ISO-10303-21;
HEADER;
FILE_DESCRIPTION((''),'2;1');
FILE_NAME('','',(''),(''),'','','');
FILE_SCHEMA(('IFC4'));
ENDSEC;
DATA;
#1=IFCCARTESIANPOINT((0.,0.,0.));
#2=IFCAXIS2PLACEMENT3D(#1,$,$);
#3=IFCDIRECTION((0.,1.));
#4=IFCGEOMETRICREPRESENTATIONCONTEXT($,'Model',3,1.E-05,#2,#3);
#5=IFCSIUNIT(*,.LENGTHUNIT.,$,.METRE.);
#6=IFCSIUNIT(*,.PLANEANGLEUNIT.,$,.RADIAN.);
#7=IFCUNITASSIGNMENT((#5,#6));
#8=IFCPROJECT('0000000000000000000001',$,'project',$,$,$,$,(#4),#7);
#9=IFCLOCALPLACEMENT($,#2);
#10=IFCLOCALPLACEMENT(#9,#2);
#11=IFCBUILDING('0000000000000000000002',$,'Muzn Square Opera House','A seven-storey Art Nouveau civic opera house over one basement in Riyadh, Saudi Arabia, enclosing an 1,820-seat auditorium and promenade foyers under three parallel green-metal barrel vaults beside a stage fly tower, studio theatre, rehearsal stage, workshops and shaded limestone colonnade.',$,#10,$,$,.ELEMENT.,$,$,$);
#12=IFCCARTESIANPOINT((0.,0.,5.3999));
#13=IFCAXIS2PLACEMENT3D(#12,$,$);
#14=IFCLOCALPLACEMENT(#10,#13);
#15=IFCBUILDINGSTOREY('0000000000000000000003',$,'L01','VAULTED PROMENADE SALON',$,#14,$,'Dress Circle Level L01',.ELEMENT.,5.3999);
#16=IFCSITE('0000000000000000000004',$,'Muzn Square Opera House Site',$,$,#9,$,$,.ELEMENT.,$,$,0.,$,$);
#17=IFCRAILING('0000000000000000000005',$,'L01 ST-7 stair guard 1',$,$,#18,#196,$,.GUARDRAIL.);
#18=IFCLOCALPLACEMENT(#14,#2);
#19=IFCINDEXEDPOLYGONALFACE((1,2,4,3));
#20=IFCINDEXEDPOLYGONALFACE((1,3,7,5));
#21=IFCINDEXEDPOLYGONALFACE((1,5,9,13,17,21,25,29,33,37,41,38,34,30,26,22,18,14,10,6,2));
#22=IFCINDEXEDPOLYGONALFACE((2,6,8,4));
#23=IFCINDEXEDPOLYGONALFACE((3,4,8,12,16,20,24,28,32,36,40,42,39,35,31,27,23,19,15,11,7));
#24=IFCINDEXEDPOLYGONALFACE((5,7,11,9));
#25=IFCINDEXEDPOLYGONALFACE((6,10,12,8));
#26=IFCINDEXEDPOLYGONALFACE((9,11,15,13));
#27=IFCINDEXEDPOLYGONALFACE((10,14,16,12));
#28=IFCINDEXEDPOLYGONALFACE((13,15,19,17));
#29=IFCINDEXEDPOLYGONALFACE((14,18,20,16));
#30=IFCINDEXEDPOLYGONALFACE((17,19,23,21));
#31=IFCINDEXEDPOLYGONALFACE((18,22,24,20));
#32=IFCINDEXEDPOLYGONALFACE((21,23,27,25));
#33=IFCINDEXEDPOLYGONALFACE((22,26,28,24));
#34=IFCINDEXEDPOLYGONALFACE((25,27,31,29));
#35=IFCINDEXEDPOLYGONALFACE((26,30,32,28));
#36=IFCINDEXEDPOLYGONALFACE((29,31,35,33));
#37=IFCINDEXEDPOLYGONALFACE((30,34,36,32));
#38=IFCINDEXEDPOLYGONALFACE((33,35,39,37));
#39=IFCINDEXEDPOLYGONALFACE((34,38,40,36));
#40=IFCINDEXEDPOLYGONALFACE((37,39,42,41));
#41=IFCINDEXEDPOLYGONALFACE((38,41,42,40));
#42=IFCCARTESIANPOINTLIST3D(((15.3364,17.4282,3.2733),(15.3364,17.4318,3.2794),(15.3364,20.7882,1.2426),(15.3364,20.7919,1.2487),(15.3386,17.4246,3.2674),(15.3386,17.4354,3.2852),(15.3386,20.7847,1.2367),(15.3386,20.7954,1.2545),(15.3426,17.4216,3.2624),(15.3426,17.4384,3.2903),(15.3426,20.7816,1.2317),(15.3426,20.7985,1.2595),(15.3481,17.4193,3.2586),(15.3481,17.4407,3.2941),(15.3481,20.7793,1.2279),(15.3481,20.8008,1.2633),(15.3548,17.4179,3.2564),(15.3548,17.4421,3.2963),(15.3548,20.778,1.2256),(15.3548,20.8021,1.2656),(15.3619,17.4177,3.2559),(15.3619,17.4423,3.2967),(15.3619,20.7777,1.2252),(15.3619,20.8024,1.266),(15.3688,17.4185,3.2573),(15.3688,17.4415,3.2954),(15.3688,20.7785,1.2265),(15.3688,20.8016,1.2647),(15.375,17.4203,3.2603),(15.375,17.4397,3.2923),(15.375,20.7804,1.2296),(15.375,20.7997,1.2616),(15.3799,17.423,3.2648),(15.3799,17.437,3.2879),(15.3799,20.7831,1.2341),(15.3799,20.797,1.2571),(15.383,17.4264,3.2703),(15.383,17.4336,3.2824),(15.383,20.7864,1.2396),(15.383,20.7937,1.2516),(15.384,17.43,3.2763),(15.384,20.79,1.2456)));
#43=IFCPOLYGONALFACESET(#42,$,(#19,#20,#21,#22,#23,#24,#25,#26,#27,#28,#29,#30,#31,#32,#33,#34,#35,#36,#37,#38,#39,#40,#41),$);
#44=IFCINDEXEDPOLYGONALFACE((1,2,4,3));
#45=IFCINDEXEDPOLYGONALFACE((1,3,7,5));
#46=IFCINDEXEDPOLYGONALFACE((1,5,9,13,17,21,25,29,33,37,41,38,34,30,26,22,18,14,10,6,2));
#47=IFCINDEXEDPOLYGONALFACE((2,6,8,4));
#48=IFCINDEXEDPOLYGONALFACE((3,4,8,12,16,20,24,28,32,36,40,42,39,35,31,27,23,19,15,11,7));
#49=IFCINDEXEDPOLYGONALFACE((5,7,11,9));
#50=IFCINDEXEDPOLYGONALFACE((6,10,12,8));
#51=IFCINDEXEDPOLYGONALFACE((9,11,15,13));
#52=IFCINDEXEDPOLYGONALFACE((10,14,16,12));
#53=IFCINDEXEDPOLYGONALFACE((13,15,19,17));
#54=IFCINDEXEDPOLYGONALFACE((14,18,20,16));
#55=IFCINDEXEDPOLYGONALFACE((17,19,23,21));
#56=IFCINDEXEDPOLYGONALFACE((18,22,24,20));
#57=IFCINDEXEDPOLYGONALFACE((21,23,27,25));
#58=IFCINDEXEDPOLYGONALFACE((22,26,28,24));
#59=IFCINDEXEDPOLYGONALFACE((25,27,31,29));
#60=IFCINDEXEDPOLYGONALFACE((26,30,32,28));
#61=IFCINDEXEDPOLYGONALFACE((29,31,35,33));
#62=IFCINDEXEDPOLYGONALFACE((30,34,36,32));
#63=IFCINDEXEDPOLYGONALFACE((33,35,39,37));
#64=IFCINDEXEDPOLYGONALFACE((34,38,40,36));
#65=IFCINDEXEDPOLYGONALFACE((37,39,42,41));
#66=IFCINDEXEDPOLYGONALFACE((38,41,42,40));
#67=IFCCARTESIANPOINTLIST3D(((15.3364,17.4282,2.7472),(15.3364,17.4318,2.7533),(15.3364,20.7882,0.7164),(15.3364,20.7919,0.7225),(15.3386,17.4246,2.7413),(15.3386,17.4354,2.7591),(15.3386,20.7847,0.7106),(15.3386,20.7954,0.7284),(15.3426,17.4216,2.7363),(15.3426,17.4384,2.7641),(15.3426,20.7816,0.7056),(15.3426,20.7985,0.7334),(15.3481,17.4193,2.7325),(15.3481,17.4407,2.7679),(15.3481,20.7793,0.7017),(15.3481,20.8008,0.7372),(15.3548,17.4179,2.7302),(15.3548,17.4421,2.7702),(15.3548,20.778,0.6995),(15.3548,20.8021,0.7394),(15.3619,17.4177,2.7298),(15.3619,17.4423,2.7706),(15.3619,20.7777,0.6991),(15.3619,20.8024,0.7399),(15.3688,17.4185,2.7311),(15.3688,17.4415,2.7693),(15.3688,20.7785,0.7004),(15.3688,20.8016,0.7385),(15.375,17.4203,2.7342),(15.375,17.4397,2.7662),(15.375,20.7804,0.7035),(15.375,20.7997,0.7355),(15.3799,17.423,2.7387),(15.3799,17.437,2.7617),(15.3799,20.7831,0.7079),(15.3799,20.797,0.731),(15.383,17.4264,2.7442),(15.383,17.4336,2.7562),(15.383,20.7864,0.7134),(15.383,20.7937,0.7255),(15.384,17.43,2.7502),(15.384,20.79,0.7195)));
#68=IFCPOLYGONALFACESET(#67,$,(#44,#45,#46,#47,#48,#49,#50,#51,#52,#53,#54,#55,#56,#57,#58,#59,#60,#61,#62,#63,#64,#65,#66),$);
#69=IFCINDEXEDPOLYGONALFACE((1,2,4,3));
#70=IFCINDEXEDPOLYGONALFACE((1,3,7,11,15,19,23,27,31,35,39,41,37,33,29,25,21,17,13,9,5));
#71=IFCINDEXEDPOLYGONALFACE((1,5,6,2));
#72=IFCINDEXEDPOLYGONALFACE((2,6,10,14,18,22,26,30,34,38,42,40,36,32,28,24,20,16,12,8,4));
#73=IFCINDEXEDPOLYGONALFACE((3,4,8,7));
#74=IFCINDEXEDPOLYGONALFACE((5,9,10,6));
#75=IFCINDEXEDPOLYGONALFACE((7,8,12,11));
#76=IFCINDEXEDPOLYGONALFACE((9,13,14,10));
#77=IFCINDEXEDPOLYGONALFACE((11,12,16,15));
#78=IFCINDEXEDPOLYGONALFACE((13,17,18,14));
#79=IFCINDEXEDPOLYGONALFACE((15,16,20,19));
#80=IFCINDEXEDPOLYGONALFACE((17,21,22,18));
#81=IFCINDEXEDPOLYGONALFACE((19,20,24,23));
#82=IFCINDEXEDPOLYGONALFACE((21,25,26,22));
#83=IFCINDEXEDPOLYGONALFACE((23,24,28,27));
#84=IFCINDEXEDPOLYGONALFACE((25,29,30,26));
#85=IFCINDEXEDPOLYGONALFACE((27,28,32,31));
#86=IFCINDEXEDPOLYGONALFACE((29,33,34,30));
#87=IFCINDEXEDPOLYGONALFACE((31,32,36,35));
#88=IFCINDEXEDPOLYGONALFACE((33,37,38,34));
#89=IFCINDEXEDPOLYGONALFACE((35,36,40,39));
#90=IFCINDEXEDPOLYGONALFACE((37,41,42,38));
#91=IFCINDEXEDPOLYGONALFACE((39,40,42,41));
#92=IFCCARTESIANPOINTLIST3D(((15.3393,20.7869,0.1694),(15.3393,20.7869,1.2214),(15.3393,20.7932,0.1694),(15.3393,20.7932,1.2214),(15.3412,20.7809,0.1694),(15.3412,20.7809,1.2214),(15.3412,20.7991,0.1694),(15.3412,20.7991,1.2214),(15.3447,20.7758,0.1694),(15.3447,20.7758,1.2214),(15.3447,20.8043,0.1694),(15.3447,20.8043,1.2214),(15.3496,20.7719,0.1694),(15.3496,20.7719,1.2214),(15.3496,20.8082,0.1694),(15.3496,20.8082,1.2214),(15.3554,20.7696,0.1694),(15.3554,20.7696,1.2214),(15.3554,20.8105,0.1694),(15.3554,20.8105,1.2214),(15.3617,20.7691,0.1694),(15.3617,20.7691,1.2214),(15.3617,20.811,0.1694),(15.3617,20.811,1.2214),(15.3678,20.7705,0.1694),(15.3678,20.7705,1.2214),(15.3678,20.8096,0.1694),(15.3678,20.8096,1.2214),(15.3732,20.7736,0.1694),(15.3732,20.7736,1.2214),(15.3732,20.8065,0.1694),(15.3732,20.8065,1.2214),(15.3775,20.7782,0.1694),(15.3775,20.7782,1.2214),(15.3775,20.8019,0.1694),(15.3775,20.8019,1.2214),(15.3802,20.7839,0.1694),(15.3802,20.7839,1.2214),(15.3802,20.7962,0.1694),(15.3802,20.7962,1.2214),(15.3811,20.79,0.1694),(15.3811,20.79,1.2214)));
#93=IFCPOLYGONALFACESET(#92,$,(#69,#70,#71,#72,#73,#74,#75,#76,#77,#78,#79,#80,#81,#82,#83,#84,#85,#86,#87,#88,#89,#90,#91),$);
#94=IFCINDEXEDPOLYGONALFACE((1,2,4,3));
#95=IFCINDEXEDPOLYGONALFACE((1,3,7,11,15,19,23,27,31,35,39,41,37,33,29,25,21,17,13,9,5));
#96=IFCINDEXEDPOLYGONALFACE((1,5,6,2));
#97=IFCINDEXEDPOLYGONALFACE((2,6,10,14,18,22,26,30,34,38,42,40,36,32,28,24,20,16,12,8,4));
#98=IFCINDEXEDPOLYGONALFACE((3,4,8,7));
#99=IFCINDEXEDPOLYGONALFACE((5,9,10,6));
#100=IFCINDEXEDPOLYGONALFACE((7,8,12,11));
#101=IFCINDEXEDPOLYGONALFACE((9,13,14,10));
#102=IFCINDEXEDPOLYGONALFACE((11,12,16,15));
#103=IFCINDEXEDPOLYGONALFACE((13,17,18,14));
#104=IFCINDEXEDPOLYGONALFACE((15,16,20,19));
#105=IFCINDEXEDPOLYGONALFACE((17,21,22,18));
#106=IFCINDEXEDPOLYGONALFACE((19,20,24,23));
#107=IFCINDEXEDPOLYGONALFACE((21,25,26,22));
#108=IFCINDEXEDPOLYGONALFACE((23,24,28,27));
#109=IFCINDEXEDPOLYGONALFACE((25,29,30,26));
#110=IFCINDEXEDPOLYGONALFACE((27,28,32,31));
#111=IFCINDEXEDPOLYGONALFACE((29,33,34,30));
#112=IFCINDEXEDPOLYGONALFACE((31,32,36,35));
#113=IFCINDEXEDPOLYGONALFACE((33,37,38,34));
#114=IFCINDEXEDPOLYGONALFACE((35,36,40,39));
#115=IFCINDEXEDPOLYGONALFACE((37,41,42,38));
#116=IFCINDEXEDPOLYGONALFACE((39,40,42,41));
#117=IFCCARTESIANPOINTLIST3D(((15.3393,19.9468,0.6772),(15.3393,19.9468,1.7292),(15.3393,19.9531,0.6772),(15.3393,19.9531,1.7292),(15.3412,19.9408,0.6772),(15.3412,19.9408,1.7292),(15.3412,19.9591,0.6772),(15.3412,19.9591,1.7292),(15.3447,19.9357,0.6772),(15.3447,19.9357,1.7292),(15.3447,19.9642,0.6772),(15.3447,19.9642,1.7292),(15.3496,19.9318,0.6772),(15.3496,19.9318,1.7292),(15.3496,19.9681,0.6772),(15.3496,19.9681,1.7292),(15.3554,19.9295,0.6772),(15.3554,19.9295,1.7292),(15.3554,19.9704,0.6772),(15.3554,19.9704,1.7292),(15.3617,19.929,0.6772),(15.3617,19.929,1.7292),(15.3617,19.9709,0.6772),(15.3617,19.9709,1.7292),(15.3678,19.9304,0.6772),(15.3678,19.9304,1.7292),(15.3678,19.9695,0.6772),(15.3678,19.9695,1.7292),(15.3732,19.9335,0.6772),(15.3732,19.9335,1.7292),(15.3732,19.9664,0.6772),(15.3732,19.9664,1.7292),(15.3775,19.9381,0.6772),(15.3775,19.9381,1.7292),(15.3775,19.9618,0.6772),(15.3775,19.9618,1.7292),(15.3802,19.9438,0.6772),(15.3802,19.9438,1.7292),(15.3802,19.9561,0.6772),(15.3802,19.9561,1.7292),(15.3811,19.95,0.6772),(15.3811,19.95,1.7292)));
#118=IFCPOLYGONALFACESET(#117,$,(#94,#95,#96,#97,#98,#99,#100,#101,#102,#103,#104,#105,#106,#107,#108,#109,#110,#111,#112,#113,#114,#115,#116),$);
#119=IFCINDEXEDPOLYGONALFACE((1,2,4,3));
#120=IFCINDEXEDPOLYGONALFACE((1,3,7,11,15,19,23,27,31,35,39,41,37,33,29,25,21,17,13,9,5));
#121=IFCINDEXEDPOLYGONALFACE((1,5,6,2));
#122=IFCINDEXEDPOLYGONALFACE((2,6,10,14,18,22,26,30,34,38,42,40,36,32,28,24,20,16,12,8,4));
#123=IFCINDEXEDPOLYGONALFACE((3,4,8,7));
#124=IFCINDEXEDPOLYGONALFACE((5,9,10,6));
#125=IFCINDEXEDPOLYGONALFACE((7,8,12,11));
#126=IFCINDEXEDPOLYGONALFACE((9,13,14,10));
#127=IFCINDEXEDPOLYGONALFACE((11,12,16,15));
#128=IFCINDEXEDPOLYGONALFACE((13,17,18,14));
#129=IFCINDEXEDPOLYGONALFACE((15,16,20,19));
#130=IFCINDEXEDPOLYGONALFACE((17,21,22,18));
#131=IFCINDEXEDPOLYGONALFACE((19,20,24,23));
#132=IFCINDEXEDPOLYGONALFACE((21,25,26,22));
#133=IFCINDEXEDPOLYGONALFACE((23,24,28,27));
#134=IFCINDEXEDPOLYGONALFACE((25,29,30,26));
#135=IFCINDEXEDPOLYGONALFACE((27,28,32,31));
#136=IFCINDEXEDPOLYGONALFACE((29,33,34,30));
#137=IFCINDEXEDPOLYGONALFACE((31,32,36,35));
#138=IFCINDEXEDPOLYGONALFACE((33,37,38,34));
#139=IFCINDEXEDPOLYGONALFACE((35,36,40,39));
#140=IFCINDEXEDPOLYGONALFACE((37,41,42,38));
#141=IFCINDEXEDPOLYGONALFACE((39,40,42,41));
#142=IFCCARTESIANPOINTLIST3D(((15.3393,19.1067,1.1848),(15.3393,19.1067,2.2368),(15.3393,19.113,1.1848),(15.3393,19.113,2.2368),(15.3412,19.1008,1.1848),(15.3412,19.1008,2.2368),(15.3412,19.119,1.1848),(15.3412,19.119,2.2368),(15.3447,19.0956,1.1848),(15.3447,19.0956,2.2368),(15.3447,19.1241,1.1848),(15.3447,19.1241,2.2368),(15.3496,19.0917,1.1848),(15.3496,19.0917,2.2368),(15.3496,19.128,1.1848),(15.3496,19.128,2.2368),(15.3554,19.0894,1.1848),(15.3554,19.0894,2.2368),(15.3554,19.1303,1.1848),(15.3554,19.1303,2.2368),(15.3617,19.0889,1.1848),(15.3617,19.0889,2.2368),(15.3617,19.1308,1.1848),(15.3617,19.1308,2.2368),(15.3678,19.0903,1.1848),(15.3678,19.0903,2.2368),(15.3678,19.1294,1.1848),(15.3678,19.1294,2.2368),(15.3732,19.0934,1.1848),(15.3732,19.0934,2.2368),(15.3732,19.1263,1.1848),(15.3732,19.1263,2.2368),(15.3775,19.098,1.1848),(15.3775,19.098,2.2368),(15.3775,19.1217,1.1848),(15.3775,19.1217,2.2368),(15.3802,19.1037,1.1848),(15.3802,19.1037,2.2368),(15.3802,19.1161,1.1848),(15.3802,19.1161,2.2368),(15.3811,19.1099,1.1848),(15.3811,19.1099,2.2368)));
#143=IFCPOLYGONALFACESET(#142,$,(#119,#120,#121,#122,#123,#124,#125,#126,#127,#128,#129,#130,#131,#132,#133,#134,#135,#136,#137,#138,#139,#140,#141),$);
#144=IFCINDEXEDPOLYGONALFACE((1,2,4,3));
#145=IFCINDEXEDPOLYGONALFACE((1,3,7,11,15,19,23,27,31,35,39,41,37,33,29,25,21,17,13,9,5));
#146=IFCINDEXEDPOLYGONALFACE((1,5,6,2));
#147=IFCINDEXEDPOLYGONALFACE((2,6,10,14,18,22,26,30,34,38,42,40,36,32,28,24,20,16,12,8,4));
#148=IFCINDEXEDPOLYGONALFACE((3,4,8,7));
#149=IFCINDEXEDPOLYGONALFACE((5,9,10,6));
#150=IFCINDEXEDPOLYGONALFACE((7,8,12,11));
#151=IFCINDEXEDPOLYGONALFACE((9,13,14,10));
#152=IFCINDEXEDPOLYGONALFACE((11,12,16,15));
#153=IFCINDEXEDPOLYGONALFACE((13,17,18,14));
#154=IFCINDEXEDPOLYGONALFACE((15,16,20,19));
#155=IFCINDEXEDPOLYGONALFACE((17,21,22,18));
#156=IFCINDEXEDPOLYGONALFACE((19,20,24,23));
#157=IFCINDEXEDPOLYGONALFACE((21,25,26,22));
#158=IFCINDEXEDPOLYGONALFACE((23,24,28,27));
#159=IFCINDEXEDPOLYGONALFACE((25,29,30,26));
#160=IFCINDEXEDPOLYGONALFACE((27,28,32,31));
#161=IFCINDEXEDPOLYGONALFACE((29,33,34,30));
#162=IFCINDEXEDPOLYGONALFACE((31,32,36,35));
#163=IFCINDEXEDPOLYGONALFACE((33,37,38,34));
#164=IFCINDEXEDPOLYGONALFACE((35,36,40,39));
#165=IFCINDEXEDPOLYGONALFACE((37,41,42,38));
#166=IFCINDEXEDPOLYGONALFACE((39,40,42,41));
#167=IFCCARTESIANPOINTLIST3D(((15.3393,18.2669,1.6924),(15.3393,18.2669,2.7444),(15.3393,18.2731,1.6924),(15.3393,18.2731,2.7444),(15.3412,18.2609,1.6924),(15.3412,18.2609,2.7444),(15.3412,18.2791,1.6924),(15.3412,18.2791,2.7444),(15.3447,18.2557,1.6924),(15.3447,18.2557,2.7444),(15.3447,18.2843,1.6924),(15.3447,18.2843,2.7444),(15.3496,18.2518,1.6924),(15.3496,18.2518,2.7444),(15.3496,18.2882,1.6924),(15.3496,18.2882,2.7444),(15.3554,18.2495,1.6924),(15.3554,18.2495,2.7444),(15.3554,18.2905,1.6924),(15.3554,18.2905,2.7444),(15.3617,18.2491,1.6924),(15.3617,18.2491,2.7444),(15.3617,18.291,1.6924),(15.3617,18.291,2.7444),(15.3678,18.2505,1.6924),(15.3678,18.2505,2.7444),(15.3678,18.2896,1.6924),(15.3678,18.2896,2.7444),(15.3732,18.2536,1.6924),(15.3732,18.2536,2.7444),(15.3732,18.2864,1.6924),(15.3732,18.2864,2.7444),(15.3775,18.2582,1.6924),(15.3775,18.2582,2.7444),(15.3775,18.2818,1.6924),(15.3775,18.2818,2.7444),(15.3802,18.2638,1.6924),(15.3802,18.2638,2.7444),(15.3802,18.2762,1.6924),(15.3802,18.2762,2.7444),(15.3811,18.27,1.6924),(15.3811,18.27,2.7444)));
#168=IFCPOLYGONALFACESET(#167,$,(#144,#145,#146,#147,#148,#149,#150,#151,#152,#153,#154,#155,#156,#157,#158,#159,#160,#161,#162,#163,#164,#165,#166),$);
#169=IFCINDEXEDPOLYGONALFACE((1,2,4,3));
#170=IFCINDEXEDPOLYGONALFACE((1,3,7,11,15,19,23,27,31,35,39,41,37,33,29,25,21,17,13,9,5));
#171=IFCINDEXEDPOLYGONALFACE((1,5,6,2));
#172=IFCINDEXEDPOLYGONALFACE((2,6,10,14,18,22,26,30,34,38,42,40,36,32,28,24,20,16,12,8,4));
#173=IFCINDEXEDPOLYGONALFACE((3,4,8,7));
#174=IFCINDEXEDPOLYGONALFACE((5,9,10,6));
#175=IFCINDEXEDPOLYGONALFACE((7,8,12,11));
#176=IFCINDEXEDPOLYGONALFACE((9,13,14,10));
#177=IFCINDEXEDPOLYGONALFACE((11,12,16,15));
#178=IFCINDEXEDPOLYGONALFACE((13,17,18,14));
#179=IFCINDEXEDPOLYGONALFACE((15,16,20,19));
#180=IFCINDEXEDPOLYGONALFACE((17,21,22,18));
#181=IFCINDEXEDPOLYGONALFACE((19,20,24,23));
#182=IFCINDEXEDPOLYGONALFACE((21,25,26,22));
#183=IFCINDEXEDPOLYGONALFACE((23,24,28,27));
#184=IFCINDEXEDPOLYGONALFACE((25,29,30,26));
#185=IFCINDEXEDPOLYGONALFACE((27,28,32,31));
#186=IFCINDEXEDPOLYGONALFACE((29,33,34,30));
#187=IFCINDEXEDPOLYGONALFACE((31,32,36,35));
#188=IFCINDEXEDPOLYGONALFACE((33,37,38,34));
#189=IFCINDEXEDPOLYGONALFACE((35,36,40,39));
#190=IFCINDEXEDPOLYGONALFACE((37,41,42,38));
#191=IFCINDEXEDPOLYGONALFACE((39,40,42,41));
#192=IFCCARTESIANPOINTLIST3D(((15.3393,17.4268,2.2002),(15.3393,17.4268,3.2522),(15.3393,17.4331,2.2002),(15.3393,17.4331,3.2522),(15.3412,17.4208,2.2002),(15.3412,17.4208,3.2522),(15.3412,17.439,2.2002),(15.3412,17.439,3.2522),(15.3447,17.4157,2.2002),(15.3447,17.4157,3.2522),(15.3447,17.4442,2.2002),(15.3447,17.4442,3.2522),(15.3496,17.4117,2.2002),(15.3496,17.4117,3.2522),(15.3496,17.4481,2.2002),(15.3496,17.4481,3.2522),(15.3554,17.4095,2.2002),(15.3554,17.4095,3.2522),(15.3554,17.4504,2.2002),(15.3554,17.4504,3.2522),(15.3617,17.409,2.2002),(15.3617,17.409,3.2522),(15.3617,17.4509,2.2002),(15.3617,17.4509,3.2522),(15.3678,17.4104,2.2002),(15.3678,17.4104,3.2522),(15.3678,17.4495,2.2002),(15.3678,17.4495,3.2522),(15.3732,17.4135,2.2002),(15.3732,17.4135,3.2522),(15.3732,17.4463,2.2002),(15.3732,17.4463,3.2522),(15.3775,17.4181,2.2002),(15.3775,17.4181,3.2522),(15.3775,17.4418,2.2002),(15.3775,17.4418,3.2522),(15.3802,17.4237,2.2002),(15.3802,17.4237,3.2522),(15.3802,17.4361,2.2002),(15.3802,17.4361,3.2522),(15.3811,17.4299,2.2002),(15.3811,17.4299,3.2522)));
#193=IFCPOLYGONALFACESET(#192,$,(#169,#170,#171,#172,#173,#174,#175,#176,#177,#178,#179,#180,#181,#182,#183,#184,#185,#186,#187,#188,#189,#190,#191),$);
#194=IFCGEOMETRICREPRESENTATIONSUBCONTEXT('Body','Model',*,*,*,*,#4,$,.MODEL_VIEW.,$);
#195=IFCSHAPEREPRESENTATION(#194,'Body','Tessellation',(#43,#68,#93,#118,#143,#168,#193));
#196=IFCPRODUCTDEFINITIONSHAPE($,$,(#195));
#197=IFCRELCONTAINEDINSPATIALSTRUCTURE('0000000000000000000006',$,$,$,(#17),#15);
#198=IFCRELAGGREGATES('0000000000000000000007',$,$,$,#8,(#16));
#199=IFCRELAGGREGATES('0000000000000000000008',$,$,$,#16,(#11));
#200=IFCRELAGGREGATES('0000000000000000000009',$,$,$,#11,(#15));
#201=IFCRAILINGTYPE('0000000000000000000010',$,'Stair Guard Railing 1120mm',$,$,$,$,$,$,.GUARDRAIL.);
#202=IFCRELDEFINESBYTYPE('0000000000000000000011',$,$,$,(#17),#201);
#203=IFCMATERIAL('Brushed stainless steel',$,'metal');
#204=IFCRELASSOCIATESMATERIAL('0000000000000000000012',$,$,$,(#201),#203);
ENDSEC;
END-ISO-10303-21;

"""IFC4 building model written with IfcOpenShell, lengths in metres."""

from ifc_helpers import new_model, si_unit, direction, frame, origin, origin_2d, place, context, subcontext, project, spatial, circle, extrude, material, type_object, element, save


model = new_model("IFC4")

# Units and contexts
model_context = context("Model", 3, precision=1e-05, world=origin(), true_north=direction((0.0, 1.0)))
body_context = subcontext(model_context, "Body", "Model", "MODEL_VIEW")
ifc_project = project(units=[si_unit("LENGTHUNIT", "METRE"), si_unit("PLANEANGLEUNIT", "RADIAN")], contexts=[model_context])

# Site, building, storey
site_placement = place(None, origin())
site = spatial("IfcSite", under=ifc_project, at=site_placement, Name="Muzn Square Opera House Site", CompositionType="ELEMENT", RefElevation=0.0)
building_placement = place(site_placement, origin())
building = spatial("IfcBuilding", under=site, at=building_placement, Name="Muzn Square Opera House", Description="A seven-storey Art Nouveau civic opera house over one basement in Riyadh, Saudi Arabia, enclosing an 1,820-seat auditorium and promenade foyers under three parallel green-metal barrel vaults beside a stage fly tower, studio theatre, rehearsal stage, workshops and shaded limestone colonnade.", CompositionType="ELEMENT")
storey_placement = place(building_placement, frame((0.0, 0.0, 5.3999)))
storey = spatial("IfcBuildingStorey", under=building, at=storey_placement, Name="L01", Description="VAULTED PROMENADE SALON", LongName="Dress Circle Level L01", CompositionType="ELEMENT", Elevation=5.3999)

# Railing
ifc_material_1 = material(Name="Brushed stainless steel", Category="metal")
railing_type_1 = type_object("IfcRailingType", Name="Stair Guard Railing 1120mm", PredefinedType="GUARDRAIL", material=ifc_material_1)
railing_1_placement = place(storey_placement, frame((15.3601, 20.79, 0.1694)))
element("IfcRailing", 1, at=railing_1_placement, inside=storey, type_object=railing_type_1, Name="L01 ST-7 stair guard 1", PredefinedType="GUARDRAIL", context=body_context, shape_type="SweptSolid", body=[
    extrude(circle(Radius=0.0239, at=origin_2d()), frame((0.0, 0.0, 1.0762), z_axis=(0.0, -0.855837, 0.517246), x_axis=(1.0, 0.0, 0.0)), (0.0, 0.0, 1.0), 3.926),
    extrude(circle(Radius=0.0239, at=origin_2d()), frame((0.0, 0.0, 0.55), z_axis=(0.0, -0.855837, 0.517246), x_axis=(1.0, 0.0, 0.0)), (0.0, 0.0, 1.0), 3.926),
    extrude(circle(Radius=0.021, at=origin_2d()), origin(), (0.0, 0.0, 1.0), 1.052),
    extrude(circle(Radius=0.021, at=origin_2d()), frame((0.0, -0.8401, 0.5078)), (0.0, 0.0, 1.0), 1.052),
    extrude(circle(Radius=0.021, at=origin_2d()), frame((0.0, -1.6802, 1.0154)), (0.0, 0.0, 1.0), 1.052),
    extrude(circle(Radius=0.021, at=origin_2d()), frame((0.0, -2.52, 1.5229)), (0.0, 0.0, 1.0), 1.052),
    extrude(circle(Radius=0.021, at=origin_2d()), frame((0.0, -3.3601, 2.0308)), (0.0, 0.0, 1.0), 1.052),
])

save(model, "model.ifc")
